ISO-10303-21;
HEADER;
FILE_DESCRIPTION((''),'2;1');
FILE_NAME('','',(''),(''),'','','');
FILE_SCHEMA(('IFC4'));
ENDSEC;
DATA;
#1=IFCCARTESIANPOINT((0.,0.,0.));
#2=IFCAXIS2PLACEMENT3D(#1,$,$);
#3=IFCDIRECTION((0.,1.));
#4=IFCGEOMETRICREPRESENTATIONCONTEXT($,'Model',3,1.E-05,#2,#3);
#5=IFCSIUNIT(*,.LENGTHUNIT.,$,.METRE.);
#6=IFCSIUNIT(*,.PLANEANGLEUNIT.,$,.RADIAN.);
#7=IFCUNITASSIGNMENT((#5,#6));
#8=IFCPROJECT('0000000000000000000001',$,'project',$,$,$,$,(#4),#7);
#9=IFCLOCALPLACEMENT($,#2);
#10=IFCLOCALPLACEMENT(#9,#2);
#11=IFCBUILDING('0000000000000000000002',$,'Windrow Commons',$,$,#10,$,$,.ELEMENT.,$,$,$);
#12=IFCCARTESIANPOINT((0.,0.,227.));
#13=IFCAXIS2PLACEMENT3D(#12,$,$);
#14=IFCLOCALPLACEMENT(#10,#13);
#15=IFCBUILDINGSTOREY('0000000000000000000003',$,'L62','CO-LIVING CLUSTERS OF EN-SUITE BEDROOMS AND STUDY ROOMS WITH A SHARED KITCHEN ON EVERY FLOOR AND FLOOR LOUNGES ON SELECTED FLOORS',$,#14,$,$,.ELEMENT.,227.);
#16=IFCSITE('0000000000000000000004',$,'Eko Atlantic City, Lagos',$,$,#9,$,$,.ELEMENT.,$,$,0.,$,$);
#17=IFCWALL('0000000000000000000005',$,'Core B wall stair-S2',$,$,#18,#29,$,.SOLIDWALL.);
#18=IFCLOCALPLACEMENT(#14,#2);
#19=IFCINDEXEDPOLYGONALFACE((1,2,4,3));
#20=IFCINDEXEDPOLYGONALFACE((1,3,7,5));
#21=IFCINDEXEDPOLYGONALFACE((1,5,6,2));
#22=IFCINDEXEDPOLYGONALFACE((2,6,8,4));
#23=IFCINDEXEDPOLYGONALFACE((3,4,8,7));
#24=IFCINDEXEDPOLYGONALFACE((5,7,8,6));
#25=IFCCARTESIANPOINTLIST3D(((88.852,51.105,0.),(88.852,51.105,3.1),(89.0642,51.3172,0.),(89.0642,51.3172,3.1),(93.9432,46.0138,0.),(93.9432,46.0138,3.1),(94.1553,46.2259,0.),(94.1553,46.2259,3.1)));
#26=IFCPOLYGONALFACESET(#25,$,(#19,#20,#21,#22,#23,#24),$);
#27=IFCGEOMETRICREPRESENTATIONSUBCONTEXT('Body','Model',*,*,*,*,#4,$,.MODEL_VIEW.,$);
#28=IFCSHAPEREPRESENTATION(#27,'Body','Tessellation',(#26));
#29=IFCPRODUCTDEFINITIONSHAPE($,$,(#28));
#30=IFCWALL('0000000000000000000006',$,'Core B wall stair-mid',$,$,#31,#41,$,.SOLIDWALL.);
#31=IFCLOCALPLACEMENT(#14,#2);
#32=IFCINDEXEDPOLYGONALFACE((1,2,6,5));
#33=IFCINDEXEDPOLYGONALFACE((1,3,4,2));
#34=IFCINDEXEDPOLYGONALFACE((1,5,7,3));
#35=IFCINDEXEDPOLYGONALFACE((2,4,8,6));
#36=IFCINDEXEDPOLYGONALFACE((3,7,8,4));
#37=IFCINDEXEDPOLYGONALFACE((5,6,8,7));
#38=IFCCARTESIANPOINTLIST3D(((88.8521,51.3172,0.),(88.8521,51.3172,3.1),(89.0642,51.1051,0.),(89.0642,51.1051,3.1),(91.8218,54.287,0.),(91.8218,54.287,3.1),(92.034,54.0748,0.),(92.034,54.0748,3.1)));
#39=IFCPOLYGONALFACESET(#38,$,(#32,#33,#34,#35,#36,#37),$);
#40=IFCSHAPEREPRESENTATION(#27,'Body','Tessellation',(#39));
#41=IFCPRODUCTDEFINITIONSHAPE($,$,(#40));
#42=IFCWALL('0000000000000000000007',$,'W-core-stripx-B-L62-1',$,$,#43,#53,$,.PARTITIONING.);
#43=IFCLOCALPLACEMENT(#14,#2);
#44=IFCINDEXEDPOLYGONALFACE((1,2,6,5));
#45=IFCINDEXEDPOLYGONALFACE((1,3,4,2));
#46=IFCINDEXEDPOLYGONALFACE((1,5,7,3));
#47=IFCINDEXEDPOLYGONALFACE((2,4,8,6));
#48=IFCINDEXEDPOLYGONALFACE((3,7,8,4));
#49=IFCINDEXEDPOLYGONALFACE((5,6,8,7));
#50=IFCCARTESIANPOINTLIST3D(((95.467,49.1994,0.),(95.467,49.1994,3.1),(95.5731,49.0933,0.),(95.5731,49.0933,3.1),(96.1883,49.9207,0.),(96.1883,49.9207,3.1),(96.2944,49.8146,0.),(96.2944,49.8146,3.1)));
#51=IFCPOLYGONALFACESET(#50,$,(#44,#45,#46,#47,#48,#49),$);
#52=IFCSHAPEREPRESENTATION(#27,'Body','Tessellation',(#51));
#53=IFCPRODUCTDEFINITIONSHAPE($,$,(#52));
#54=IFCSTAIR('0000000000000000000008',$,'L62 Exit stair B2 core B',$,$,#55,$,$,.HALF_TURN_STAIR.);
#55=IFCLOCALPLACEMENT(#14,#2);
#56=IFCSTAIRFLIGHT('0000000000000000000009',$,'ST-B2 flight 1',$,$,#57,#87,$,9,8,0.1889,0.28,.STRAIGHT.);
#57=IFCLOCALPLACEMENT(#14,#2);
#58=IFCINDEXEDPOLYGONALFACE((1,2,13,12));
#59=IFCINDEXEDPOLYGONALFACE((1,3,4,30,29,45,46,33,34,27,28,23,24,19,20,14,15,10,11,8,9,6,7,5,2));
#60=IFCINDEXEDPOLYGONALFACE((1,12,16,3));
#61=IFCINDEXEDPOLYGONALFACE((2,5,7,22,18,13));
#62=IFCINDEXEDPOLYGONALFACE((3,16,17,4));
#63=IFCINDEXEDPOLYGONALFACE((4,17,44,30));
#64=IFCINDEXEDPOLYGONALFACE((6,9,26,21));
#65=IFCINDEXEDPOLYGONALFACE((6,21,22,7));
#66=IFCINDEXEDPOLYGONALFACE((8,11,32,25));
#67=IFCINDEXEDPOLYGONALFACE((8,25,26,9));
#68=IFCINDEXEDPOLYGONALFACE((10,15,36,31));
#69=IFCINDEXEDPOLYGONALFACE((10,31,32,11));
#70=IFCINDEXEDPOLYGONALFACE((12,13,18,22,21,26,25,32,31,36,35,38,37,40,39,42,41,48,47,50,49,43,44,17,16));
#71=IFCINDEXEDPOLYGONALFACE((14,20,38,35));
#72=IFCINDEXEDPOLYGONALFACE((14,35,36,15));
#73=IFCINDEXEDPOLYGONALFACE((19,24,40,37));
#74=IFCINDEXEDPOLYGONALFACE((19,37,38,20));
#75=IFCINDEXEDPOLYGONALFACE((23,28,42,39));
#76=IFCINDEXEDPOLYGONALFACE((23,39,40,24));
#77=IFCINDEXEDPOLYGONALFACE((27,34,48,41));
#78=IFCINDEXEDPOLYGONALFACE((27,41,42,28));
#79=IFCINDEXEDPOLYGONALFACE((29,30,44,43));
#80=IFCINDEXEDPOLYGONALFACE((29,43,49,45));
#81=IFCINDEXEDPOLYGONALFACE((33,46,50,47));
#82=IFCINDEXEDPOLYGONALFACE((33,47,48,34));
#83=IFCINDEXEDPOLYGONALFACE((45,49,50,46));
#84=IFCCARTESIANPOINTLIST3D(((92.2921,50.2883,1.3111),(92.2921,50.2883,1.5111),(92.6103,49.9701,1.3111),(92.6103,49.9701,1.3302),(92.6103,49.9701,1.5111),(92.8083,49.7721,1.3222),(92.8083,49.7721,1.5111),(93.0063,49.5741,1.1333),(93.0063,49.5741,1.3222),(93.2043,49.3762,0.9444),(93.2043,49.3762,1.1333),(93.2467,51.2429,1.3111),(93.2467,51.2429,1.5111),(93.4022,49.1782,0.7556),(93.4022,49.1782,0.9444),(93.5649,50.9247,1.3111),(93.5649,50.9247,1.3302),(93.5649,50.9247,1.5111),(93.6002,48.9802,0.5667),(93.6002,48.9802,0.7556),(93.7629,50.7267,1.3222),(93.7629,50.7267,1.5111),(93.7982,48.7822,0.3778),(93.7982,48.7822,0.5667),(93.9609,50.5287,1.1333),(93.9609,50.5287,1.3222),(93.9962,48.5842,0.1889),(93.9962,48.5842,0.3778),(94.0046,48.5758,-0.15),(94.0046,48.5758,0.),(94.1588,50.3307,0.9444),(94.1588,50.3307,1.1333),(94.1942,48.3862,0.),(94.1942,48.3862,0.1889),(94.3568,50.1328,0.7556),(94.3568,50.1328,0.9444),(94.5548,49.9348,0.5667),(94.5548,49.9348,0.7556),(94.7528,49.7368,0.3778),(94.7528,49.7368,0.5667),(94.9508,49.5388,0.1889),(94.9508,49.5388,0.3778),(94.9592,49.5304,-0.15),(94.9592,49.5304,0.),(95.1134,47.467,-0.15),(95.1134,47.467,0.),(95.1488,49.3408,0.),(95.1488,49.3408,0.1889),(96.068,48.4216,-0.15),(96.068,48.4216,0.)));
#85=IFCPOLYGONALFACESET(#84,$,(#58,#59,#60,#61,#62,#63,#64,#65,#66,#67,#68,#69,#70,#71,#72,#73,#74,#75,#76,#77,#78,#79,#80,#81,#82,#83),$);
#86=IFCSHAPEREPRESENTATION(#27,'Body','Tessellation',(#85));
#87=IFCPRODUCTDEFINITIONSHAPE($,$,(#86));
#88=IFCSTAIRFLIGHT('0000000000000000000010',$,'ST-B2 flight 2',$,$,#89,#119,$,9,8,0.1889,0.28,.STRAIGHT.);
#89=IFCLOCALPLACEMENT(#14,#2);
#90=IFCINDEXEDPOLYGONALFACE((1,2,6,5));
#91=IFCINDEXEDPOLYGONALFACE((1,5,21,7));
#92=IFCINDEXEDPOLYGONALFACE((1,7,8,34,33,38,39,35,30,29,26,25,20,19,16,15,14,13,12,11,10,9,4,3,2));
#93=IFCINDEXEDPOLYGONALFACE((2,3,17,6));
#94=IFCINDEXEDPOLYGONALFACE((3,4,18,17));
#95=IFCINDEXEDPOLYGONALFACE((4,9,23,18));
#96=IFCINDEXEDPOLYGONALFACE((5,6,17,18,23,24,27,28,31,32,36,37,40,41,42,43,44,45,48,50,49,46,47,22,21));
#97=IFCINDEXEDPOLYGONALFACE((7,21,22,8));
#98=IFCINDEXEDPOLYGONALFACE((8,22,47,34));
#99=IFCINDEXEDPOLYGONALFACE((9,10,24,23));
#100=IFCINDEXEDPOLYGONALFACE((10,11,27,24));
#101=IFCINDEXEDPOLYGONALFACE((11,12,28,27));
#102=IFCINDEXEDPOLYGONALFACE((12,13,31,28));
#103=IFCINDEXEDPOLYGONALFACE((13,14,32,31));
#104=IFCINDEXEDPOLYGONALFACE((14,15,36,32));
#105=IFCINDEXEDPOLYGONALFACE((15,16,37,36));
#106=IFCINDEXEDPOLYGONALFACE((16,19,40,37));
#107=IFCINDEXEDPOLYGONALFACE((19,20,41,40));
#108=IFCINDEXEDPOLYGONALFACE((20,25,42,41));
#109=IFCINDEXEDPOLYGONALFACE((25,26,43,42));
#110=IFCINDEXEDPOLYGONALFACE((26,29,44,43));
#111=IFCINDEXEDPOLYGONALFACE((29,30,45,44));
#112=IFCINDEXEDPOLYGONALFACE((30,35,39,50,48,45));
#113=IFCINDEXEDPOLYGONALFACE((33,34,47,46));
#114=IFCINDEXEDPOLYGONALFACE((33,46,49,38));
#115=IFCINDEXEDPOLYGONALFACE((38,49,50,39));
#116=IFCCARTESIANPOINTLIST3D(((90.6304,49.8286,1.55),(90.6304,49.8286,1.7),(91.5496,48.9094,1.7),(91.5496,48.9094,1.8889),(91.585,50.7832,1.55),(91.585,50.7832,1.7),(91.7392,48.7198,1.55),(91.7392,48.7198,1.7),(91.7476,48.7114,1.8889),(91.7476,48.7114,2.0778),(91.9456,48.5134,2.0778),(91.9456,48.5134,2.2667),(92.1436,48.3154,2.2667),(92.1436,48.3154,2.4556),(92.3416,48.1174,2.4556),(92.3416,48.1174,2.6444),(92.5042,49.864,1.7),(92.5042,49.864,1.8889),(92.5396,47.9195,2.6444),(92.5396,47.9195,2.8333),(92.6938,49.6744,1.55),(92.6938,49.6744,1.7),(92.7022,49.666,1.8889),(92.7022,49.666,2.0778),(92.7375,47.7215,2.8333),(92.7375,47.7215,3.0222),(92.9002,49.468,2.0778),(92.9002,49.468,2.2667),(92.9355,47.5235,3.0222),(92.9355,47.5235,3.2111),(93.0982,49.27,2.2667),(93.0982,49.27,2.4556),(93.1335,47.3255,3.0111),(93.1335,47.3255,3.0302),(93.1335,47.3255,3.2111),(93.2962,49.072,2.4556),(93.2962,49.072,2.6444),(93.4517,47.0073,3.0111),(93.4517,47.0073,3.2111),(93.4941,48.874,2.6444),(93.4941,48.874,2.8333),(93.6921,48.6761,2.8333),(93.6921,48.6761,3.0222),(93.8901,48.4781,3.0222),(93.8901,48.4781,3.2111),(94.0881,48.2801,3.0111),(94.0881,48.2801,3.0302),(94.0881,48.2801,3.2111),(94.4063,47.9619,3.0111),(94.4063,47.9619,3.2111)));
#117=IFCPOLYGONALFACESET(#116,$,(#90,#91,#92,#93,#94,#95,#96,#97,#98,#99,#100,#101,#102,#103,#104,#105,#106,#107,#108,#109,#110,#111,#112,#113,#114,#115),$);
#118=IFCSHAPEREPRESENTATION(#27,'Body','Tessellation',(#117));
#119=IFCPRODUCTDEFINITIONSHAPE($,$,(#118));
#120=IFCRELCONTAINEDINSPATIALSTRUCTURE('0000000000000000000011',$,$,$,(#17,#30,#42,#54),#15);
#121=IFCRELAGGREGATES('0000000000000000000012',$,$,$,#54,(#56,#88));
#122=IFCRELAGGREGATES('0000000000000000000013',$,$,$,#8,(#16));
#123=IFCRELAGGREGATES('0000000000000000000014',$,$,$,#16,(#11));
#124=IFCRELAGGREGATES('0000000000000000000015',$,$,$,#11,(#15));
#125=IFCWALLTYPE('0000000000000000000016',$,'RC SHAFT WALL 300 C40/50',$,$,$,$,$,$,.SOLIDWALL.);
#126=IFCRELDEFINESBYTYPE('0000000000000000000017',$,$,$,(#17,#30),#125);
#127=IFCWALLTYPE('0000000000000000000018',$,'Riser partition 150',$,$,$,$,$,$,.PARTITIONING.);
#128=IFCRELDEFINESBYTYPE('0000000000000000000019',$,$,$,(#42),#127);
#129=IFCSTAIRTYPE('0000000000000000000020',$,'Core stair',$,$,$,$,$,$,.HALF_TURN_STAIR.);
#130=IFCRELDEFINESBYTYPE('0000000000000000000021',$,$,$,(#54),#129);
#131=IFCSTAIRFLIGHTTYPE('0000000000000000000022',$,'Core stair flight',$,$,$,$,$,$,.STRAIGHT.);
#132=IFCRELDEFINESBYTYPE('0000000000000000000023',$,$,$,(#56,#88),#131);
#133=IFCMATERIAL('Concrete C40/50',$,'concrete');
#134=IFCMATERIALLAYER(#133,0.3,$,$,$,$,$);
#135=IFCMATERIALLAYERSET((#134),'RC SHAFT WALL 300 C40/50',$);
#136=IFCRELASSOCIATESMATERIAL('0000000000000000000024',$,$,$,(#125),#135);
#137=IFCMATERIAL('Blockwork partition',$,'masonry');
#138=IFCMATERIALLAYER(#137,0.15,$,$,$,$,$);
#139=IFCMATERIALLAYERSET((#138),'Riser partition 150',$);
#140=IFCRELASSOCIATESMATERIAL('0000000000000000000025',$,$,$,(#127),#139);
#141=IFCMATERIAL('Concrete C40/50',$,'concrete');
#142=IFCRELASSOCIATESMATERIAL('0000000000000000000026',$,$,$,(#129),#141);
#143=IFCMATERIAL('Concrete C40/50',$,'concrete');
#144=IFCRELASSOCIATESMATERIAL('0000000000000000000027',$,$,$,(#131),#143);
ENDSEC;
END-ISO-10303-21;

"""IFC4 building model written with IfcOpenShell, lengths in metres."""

from ifc_helpers import new_model, si_unit, direction, frame, frame_2d, origin, place, context, subcontext, project, spatial, polyline, rectangle, outline, extrude, material, layer, layer_set, type_object, element, aggregate, save


model = new_model("IFC4")

# Units and contexts
model_context = context("Model", 3, precision=1e-05, world=origin(), true_north=direction((0.0, 1.0)))
body_context = subcontext(model_context, "Body", "Model", "MODEL_VIEW")
ifc_project = project(units=[si_unit("LENGTHUNIT", "METRE"), si_unit("PLANEANGLEUNIT", "RADIAN")], contexts=[model_context])

# Site, building, storey
site_placement = place(None, origin())
site = spatial("IfcSite", under=ifc_project, at=site_placement, Name="Eko Atlantic City, Lagos", CompositionType="ELEMENT", RefElevation=0.0)
building_placement = place(site_placement, origin())
building = spatial("IfcBuilding", under=site, at=building_placement, Name="Windrow Commons", CompositionType="ELEMENT")
storey_placement = place(building_placement, frame((0.0, 0.0, 227.0)))
storey = spatial("IfcBuildingStorey", under=building, at=storey_placement, Name="L62", Description="CO-LIVING CLUSTERS OF EN-SUITE BEDROOMS AND STUDY ROOMS WITH A SHARED KITCHEN ON EVERY FLOOR AND FLOOR LOUNGES ON SELECTED FLOORS", CompositionType="ELEMENT", Elevation=227.0)

# Walls
ifc_material_1 = material(Name="Concrete C40/50", Category="concrete")
ifc_layer_1 = layer(ifc_material_1, 0.3)
ifc_layer_set_1 = layer_set([ifc_layer_1], Name="RC SHAFT WALL 300 C40/50")
wall_type_1 = type_object("IfcWallType", Name="RC SHAFT WALL 300 C40/50", PredefinedType="SOLIDWALL", material=ifc_layer_set_1)
wall_1_placement = place(storey_placement, frame((88.9581, 51.2111, 0.0), z_axis=(0.0, 0.0, 1.0), x_axis=(0.7071, -0.707114, 0.0)))
element("IfcWall", 1, at=wall_1_placement, inside=storey, type_object=wall_type_1, Name="Core B wall stair-S2", PredefinedType="SOLIDWALL", context=body_context, shape_type="SweptSolid", body=[
    extrude(rectangle(XDim=7.2, YDim=0.3, at=frame_2d((3.6, 0.0))), origin(), (0.0, 0.0, 1.0), 3.1),
])
wall_2_placement = place(storey_placement, frame((88.9581, 51.2111, 0.0), z_axis=(0.0, 0.0, 1.0), x_axis=(0.707107, 0.707107, 0.0)))
element("IfcWall", 2, at=wall_2_placement, inside=storey, type_object=wall_type_1, Name="Core B wall stair-mid", PredefinedType="SOLIDWALL", context=body_context, shape_type="SweptSolid", body=[
    extrude(rectangle(XDim=4.1999, YDim=0.3, at=frame_2d((2.1, 0.0))), origin(), (0.0, 0.0, 1.0), 3.1),
])
ifc_material_2 = material(Name="Blockwork partition", Category="masonry")
ifc_layer_2 = layer(ifc_material_2, 0.15)
ifc_layer_set_2 = layer_set([ifc_layer_2], Name="Riser partition 150")
wall_type_2 = type_object("IfcWallType", Name="Riser partition 150", PredefinedType="PARTITIONING", material=ifc_layer_set_2)
wall_3_placement = place(storey_placement, frame((95.52, 49.1463, 0.0), z_axis=(0.0, 0.0, 1.0), x_axis=(0.707107, 0.707107, 0.0)))
element("IfcWall", 3, at=wall_3_placement, inside=storey, type_object=wall_type_2, Name="W-core-stripx-B-L62-1", PredefinedType="PARTITIONING", context=body_context, shape_type="SweptSolid", body=[
    extrude(rectangle(XDim=1.0201, YDim=0.15, at=frame_2d((0.5101, 0.0))), origin(), (0.0, 0.0, 1.0), 3.1),
])

# Stair, stair flights
ifc_material_3 = material(Name="Concrete C40/50", Category="concrete")
stair_type = type_object("IfcStairType", Name="Core stair", PredefinedType="HALF_TURN_STAIR", material=ifc_material_3)
stair_placement = place(storey_placement, origin())
stair = element("IfcStair", 4, at=stair_placement, inside=storey, type_object=stair_type, Name="L62 Exit stair B2 core B", PredefinedType="HALF_TURN_STAIR")
ifc_material_4 = material(Name="Concrete C40/50", Category="concrete")
stair_flight_type = type_object("IfcStairFlightType", Name="Core stair flight", PredefinedType="STRAIGHT", material=ifc_material_4)
stair_flight_1_placement = place(storey_placement, frame((94.6715, 48.8635, 0.0), z_axis=(0.0, 0.0, 1.0), x_axis=(-0.707107, 0.707107, 0.0)))
stair_flight_1 = element("IfcStairFlight", 5, at=stair_flight_1_placement, type_object=stair_flight_type, Name="ST-B2 flight 1", NumberOfRisers=9, NumberOfTreads=8, PredefinedType="STRAIGHT", RiserHeight=0.1889, TreadLength=0.28, context=body_context, shape_type="SweptSolid", body=[
    extrude(outline(polyline([(-1.3, -0.15), (-1.3, 0.0), (0.0, 0.0), (0.0, 0.1889), (0.28, 0.1889), (0.28, 0.3778), (0.56, 0.3778), (0.56, 0.5667), (0.84, 0.5667), (0.84, 0.7556), (1.12, 0.7556), (1.12, 0.9444), (1.4, 0.9444), (1.4, 1.1333), (1.68, 1.1333), (1.68, 1.3222), (1.96, 1.3222), (1.96, 1.5111), (2.24, 1.5111), (2.69, 1.5111), (2.69, 1.3111), (2.24, 1.3111), (2.24, 1.3302), (0.2682, 0.0), (0.2682, -0.15), (-1.3, -0.15)])), frame((0.0, 0.675, 0.0), z_axis=(0.0, -1.0, 0.0), x_axis=(1.0, 0.0, 0.0)), (0.0, 0.0, 1.0), 1.35),
])
stair_flight_2_placement = place(storey_placement, frame((92.0269, 49.3867, 1.7), z_axis=(0.0, 0.0, 1.0), x_axis=(0.707107, -0.707107, 0.0)))
stair_flight_2 = element("IfcStairFlight", 6, at=stair_flight_2_placement, type_object=stair_flight_type, Name="ST-B2 flight 2", NumberOfRisers=9, NumberOfTreads=8, PredefinedType="STRAIGHT", RiserHeight=0.1889, TreadLength=0.28, context=body_context, shape_type="SweptSolid", body=[
    extrude(outline(polyline([(-1.3, -0.15), (-1.3, 0.0), (0.0, 0.0), (0.0, 0.1889), (0.28, 0.1889), (0.28, 0.3778), (0.56, 0.3778), (0.56, 0.5667), (0.84, 0.5667), (0.84, 0.7556), (1.12, 0.7556), (1.12, 0.9444), (1.4, 0.9444), (1.4, 1.1333), (1.68, 1.1333), (1.68, 1.3222), (1.96, 1.3222), (1.96, 1.5111), (2.24, 1.5111), (2.69, 1.5111), (2.69, 1.3111), (2.24, 1.3111), (2.24, 1.3302), (0.2682, 0.0), (0.2682, -0.15), (-1.3, -0.15)])), frame((0.0, 0.675, 0.0), z_axis=(0.0, -1.0, 0.0), x_axis=(1.0, 0.0, 0.0)), (0.0, 0.0, 1.0), 1.35),
])
aggregate(stair, [stair_flight_1, stair_flight_2])

save(model, "model.ifc")
